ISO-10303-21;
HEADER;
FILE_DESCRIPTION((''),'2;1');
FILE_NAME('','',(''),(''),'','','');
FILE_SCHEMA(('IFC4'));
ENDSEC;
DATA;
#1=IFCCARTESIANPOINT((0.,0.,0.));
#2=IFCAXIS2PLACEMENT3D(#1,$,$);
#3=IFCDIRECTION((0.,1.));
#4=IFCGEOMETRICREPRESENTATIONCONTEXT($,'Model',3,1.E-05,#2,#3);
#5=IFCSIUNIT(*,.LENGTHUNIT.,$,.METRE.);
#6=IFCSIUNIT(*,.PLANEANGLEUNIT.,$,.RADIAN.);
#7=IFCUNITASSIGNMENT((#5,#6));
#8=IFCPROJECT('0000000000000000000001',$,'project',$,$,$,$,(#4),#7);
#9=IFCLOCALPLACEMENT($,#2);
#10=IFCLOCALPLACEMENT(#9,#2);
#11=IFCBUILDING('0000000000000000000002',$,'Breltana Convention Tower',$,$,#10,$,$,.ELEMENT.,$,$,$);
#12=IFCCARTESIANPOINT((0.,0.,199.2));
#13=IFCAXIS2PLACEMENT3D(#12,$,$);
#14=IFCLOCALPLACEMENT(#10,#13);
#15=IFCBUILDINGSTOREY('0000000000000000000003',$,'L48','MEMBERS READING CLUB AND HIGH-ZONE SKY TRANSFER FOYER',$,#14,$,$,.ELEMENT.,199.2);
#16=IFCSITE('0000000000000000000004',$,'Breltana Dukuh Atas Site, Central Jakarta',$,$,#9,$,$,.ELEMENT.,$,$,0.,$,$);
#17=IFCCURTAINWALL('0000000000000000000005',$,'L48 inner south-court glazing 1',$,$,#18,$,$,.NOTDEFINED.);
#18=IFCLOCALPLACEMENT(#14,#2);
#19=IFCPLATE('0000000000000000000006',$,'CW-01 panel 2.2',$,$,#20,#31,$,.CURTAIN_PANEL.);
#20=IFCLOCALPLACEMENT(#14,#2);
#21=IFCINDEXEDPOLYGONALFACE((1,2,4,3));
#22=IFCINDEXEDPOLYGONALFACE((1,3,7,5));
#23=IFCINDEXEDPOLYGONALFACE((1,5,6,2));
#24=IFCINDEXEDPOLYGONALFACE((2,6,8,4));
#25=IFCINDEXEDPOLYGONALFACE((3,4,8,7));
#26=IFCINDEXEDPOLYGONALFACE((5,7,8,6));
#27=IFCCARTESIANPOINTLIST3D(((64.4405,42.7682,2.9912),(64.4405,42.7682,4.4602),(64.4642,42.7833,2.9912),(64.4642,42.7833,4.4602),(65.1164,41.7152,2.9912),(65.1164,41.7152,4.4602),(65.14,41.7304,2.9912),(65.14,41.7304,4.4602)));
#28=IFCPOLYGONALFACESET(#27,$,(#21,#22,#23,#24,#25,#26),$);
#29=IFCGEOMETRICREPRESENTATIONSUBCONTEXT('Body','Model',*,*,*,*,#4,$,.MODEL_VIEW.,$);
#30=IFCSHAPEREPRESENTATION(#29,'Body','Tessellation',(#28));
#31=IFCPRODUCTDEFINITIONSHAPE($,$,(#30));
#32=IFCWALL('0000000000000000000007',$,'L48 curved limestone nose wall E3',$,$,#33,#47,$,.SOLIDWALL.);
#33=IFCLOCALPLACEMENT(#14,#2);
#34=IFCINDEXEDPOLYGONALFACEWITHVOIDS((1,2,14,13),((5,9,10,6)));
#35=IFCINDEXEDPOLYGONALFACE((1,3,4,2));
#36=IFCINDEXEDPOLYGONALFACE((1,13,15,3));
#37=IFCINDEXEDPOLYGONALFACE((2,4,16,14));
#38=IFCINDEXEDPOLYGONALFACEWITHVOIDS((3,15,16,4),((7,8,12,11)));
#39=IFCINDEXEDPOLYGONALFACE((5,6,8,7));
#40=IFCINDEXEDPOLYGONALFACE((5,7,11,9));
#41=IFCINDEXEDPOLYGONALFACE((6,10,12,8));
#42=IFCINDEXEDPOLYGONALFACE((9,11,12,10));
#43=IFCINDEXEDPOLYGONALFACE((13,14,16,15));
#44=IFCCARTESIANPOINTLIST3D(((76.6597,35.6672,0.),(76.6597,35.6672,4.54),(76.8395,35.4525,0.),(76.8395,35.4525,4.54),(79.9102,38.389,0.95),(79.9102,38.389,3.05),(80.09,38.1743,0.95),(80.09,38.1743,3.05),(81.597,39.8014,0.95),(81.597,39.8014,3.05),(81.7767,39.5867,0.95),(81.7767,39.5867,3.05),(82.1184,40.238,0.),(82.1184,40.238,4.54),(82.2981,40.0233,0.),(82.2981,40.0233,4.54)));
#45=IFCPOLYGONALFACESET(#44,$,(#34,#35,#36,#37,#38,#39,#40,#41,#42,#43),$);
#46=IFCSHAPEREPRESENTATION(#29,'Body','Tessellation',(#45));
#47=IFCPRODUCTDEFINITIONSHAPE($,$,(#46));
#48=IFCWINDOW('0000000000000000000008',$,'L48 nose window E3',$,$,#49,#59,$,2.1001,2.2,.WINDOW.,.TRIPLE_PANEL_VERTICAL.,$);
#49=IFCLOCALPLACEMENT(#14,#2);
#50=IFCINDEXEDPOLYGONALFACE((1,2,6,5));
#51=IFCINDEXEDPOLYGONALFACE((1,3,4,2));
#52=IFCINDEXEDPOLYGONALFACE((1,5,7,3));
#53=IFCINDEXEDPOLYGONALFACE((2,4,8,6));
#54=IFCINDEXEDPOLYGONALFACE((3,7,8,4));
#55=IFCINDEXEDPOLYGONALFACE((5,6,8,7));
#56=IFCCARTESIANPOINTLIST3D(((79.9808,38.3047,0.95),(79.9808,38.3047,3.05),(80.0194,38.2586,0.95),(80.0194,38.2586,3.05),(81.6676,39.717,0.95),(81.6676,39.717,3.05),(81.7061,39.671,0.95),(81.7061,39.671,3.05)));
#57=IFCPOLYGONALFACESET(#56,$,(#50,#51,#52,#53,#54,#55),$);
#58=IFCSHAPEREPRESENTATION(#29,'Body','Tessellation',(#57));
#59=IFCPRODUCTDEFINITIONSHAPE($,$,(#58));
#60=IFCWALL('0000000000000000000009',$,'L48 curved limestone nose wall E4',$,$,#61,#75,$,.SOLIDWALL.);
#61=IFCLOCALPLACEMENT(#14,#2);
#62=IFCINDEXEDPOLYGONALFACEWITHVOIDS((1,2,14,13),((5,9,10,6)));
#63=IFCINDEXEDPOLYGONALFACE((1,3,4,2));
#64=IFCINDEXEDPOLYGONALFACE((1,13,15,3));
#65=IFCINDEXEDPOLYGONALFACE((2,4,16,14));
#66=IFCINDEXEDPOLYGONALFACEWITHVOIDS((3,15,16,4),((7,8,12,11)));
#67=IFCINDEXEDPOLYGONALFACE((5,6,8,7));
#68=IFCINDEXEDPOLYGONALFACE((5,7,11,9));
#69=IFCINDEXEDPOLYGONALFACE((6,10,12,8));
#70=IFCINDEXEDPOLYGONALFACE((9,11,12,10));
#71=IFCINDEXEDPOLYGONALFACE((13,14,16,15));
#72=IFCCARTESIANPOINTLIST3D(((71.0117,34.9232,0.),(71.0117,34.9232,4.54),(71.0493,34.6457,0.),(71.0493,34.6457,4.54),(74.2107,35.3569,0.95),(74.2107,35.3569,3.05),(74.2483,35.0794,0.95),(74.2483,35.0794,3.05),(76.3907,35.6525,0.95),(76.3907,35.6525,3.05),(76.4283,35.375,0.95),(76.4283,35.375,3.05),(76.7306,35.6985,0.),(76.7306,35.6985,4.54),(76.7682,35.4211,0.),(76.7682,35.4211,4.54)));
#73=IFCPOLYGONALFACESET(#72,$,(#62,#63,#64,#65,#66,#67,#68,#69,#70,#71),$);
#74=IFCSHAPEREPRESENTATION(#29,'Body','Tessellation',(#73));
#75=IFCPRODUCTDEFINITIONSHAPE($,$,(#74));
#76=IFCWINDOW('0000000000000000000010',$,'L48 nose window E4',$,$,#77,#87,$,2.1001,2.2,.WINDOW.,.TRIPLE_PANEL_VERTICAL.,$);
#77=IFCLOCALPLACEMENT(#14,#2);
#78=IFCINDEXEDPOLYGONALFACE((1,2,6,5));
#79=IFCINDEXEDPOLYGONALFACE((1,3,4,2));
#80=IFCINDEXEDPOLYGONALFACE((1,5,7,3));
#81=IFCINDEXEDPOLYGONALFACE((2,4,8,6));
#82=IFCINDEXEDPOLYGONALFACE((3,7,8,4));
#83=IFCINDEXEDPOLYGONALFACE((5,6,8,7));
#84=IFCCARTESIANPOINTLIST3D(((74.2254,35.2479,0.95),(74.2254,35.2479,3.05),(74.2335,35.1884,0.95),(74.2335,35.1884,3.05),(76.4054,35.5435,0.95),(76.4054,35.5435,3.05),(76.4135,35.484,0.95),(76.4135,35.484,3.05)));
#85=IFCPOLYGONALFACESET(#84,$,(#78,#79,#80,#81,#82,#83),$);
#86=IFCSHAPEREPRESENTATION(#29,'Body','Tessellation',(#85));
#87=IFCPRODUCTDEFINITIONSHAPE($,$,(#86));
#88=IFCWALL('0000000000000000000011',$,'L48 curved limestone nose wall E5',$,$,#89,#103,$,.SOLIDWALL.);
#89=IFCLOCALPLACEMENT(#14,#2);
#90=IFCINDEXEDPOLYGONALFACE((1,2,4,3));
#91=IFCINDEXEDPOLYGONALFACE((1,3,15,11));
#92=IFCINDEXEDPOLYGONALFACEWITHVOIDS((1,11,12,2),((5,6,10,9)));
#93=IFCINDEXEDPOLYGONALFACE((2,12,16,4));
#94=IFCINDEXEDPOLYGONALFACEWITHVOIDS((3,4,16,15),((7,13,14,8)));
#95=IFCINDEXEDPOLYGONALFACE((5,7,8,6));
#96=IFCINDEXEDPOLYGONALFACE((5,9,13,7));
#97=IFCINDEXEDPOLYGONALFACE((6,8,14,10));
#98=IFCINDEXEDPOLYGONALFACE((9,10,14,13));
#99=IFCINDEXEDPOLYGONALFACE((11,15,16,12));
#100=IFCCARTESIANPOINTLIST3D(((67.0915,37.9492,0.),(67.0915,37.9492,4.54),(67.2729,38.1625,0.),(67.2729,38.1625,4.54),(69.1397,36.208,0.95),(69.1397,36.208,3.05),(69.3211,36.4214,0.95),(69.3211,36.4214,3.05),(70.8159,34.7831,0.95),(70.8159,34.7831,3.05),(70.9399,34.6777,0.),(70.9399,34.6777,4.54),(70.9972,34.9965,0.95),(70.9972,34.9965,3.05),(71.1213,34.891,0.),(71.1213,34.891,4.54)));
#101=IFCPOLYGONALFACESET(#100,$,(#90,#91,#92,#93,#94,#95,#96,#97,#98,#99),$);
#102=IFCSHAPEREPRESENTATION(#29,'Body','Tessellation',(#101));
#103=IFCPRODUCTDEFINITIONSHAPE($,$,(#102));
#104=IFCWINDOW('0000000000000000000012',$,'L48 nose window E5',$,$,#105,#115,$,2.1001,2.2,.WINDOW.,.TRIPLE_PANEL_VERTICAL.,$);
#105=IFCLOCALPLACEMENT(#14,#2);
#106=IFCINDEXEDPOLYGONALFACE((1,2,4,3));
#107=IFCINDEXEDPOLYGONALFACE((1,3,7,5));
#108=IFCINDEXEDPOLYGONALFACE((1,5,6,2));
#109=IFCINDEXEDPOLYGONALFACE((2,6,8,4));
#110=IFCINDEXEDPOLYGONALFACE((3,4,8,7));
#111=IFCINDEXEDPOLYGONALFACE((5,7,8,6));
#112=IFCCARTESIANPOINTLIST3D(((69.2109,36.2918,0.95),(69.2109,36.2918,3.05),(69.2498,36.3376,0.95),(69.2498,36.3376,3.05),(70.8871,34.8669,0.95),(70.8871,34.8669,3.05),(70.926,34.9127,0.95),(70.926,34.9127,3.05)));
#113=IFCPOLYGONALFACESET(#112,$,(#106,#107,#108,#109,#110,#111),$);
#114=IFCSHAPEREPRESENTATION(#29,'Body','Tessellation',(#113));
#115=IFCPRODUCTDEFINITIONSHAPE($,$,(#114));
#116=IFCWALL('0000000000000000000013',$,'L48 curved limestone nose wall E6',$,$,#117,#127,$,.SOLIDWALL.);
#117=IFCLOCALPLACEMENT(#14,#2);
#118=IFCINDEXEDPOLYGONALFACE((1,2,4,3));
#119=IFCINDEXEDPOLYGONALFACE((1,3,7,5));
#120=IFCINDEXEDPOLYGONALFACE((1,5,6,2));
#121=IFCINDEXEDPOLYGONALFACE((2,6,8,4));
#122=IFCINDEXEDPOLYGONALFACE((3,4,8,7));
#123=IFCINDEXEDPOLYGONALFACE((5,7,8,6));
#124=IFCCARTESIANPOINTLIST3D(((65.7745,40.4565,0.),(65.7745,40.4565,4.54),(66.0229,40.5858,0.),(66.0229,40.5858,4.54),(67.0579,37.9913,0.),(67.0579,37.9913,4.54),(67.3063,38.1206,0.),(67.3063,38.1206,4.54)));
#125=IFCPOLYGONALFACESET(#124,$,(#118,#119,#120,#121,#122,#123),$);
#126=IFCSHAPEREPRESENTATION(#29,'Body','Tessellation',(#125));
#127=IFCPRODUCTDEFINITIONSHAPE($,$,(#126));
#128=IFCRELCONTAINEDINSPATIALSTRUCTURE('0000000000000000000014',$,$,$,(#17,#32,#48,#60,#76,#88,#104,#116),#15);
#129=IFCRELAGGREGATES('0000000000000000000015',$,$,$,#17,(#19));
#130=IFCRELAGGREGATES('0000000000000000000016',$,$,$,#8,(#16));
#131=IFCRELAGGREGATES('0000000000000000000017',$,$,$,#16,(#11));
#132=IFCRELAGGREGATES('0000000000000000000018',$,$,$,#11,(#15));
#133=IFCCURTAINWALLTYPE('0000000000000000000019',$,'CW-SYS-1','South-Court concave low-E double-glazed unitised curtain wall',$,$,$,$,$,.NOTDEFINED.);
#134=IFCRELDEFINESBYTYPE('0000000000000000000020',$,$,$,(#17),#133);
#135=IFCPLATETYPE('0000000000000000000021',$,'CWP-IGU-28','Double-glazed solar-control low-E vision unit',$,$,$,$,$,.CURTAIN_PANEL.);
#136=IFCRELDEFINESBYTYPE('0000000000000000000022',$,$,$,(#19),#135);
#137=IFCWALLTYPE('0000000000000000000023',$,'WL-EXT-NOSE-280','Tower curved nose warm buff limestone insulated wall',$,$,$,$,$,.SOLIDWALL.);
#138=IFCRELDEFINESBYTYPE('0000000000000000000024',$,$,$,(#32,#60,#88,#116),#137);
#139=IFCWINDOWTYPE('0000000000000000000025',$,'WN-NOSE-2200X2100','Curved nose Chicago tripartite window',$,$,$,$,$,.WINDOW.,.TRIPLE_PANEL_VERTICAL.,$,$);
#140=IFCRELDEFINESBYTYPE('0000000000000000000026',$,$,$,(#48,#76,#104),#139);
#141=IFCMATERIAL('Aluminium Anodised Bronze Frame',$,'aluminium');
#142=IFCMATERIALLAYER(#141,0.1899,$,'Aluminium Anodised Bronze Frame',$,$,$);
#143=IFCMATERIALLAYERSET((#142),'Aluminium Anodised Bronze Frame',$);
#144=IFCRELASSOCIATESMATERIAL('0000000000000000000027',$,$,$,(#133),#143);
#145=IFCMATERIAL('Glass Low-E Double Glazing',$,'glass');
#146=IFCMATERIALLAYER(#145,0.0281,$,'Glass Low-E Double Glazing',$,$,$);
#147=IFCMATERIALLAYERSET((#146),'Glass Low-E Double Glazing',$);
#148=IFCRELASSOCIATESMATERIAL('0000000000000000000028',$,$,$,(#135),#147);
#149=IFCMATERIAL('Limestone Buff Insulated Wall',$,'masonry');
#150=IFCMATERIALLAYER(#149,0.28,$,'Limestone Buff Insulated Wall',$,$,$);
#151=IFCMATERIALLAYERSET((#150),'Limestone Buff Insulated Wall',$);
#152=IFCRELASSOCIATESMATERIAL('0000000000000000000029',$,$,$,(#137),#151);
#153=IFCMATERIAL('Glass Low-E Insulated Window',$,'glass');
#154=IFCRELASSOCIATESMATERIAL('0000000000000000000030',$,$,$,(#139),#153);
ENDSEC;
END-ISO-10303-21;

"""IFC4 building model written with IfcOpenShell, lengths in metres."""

from ifc_helpers import new_model, si_unit, direction, frame, frame_2d, origin, origin_2d, place, context, subcontext, project, spatial, rectangle, extrude, source, transform, mapped, material, layer, layer_set, type_object, type_shapes, element, fill, aggregate, save


model = new_model("IFC4")

# Units and contexts
model_context = context("Model", 3, precision=1e-05, world=origin(), true_north=direction((0.0, 1.0)))
body_context = subcontext(model_context, "Body", "Model", "MODEL_VIEW")
ifc_project = project(units=[si_unit("LENGTHUNIT", "METRE"), si_unit("PLANEANGLEUNIT", "RADIAN")], contexts=[model_context])

# Site, building, storey
site_placement = place(None, origin())
site = spatial("IfcSite", under=ifc_project, at=site_placement, Name="Breltana Dukuh Atas Site, Central Jakarta", CompositionType="ELEMENT", RefElevation=0.0)
building_placement = place(site_placement, origin())
building = spatial("IfcBuilding", under=site, at=building_placement, Name="Breltana Convention Tower", CompositionType="ELEMENT")
storey_placement = place(building_placement, frame((0.0, 0.0, 199.2)))
storey = spatial("IfcBuildingStorey", under=building, at=storey_placement, Name="L48", Description="MEMBERS READING CLUB AND HIGH-ZONE SKY TRANSFER FOYER", CompositionType="ELEMENT", Elevation=199.2)

# Curtain wall
ifc_material_1 = material(Name="Aluminium Anodised Bronze Frame", Category="aluminium")
ifc_layer_1 = layer(ifc_material_1, 0.1899, Name="Aluminium Anodised Bronze Frame")
ifc_layer_set_1 = layer_set([ifc_layer_1], Name="Aluminium Anodised Bronze Frame")
curtain_wall_type = type_object("IfcCurtainWallType", Name="CW-SYS-1", Description="South-Court concave low-E double-glazed unitised curtain wall", PredefinedType="NOTDEFINED", material=ifc_layer_set_1)
curtain_wall_1_placement = place(storey_placement, origin())
curtain_wall_1 = element("IfcCurtainWall", 1, at=curtain_wall_1_placement, inside=storey, type_object=curtain_wall_type, Name="L48 inner south-court glazing 1", PredefinedType="NOTDEFINED")

# Plate
ifc_material_2 = material(Name="Glass Low-E Double Glazing", Category="glass")
ifc_layer_2 = layer(ifc_material_2, 0.0281, Name="Glass Low-E Double Glazing")
ifc_layer_set_2 = layer_set([ifc_layer_2], Name="Glass Low-E Double Glazing")
plate_type = type_object("IfcPlateType", Name="CWP-IGU-28", Description="Double-glazed solar-control low-E vision unit", PredefinedType="CURTAIN_PANEL", material=ifc_layer_set_2)
shared_shape_1 = source(origin(), body_context, "Body", "SweptSolid", [
    extrude(rectangle(XDim=1.2512, YDim=0.0281, at=origin_2d()), origin(), (0.0, 0.0, 1.0), 1.469),
])
plate_1_placement = place(storey_placement, frame((64.7903, 42.2493, 2.9912), z_axis=(0.0, 0.0, 1.0), x_axis=(-0.540184, 0.841547, 0.0)))
plate_1 = element("IfcPlate", 2, at=plate_1_placement, type_object=plate_type, Name="CW-01 panel 2.2", PredefinedType="CURTAIN_PANEL", context=body_context, shape_type="MappedRepresentation", body=[
    mapped(shared_shape_1, transform((0.0, 0.0, 0.0), scale=1.0)),
])
aggregate(curtain_wall_1, [plate_1])

# Walls, openings, windows
ifc_material_3 = material(Name="Limestone Buff Insulated Wall", Category="masonry")
ifc_layer_3 = layer(ifc_material_3, 0.28, Name="Limestone Buff Insulated Wall")
ifc_layer_set_3 = layer_set([ifc_layer_3], Name="Limestone Buff Insulated Wall")
wall_type = type_object("IfcWallType", Name="WL-EXT-NOSE-280", Description="Tower curved nose warm buff limestone insulated wall", PredefinedType="SOLIDWALL", material=ifc_layer_set_3)
shared_shape_2 = source(origin(), body_context, "Body", "SweptSolid", [
    extrude(rectangle(XDim=7.1196, YDim=0.28, at=frame_2d((3.5598, 0.0))), origin(), (0.0, 0.0, 1.0), 4.54),
])
wall_1_placement = place(storey_placement, frame((82.2083, 40.1306, 0.0), z_axis=(0.0, 0.0, 1.0), x_axis=(-0.76671, -0.641994, 0.0)))
wall_1 = element("IfcWall", 3, at=wall_1_placement, inside=storey, type_object=wall_type, Name="L48 curved limestone nose wall E3", PredefinedType="SOLIDWALL", context=body_context, shape_type="MappedRepresentation", body=[
    mapped(shared_shape_2, transform((0.0, 0.0, 0.0), scale=1.0)),
])
opening_1_placement = place(wall_1_placement, frame((0.6799, 0.0, 0.95)))
opening_1 = element("IfcOpeningElement", 4, at=opening_1_placement, cuts=wall_1, PredefinedType="OPENING", context=body_context, shape_type="SweptSolid", body=[
    extrude(rectangle(XDim=2.2, YDim=2.1001, at=frame_2d((1.1001, 1.05))), frame((0.0, 0.1499, 0.0), z_axis=(0.0, -1.0, 0.0), x_axis=(1.0, 0.0, 0.0)), (0.0, 0.0, 1.0), 0.3),
])
ifc_material_4 = material(Name="Glass Low-E Insulated Window", Category="glass")
window_type = type_object("IfcWindowType", Name="WN-NOSE-2200X2100", Description="Curved nose Chicago tripartite window", PartitioningType="TRIPLE_PANEL_VERTICAL", PredefinedType="WINDOW", material=ifc_material_4)
shared_shape_3 = source(origin(), body_context, "Body", "SweptSolid", [
    extrude(rectangle(XDim=2.2, YDim=2.1001, at=frame_2d((1.1001, 1.05))), frame((0.0, 0.03, 0.0), z_axis=(0.0, -1.0, 0.0), x_axis=(1.0, 0.0, 0.0)), (0.0, 0.0, 1.0), 0.0601),
])
type_shapes(window_type, [shared_shape_3])
window_1_placement = place(opening_1_placement, origin())
window_1 = element("IfcWindow", 5, at=window_1_placement, inside=storey, type_object=window_type, Name="L48 nose window E3", OverallHeight=2.1001, OverallWidth=2.2, PartitioningType="TRIPLE_PANEL_VERTICAL", PredefinedType="WINDOW", context=body_context, shape_type="MappedRepresentation", body=[
    mapped(shared_shape_3, transform((0.0, 0.0, 0.0), scale=1.0)),
])
fill(opening_1, window_1)
shared_shape_4 = source(origin(), body_context, "Body", "SweptSolid", [
    extrude(rectangle(XDim=5.7712, YDim=0.28, at=frame_2d((2.8857, 0.0))), origin(), (0.0, 0.0, 1.0), 4.54),
])
wall_2_placement = place(storey_placement, frame((76.7495, 35.5598, 0.0), z_axis=(0.0, 0.0, 1.0), x_axis=(-0.990934, -0.134352, 0.0)))
wall_2 = element("IfcWall", 6, at=wall_2_placement, inside=storey, type_object=wall_type, Name="L48 curved limestone nose wall E4", PredefinedType="SOLIDWALL", context=body_context, shape_type="MappedRepresentation", body=[
    mapped(shared_shape_4, transform((0.0, 0.0, 0.0), scale=1.0)),
])
opening_2_placement = place(wall_2_placement, frame((0.343, 0.0, 0.95)))
opening_2 = element("IfcOpeningElement", 7, at=opening_2_placement, cuts=wall_2, PredefinedType="OPENING", context=body_context, shape_type="SweptSolid", body=[
    extrude(rectangle(XDim=2.2, YDim=2.1001, at=frame_2d((1.1001, 1.05))), frame((0.0, 0.1499, 0.0), z_axis=(0.0, -1.0, 0.0), x_axis=(1.0, 0.0, 0.0)), (0.0, 0.0, 1.0), 0.3),
])
window_2_placement = place(opening_2_placement, origin())
window_2 = element("IfcWindow", 8, at=window_2_placement, inside=storey, type_object=window_type, Name="L48 nose window E4", OverallHeight=2.1001, OverallWidth=2.2, PartitioningType="TRIPLE_PANEL_VERTICAL", PredefinedType="WINDOW", context=body_context, shape_type="MappedRepresentation", body=[
    mapped(shared_shape_3, transform((0.0, 0.0, 0.0), scale=1.0)),
])
fill(opening_2, window_2)
shared_shape_5 = source(origin(), body_context, "Body", "SweptSolid", [
    extrude(rectangle(XDim=5.051, YDim=0.28, at=frame_2d((2.5254, 0.0))), origin(), (0.0, 0.0, 1.0), 4.54),
])
wall_3_placement = place(storey_placement, frame((71.0305, 34.7844, 0.0), z_axis=(0.0, 0.0, 1.0), x_axis=(-0.761905, 0.647689, 0.0)))
wall_3 = element("IfcWall", 9, at=wall_3_placement, inside=storey, type_object=wall_type, Name="L48 curved limestone nose wall E5", PredefinedType="SOLIDWALL", context=body_context, shape_type="MappedRepresentation", body=[
    mapped(shared_shape_5, transform((0.0, 0.0, 0.0), scale=1.0)),
])
opening_3_placement = place(wall_3_placement, frame((0.1626, 0.0, 0.95)))
opening_3 = element("IfcOpeningElement", 10, at=opening_3_placement, cuts=wall_3, PredefinedType="OPENING", context=body_context, shape_type="SweptSolid", body=[
    extrude(rectangle(XDim=2.2, YDim=2.1001, at=frame_2d((1.1001, 1.05))), frame((0.0, 0.1499, 0.0), z_axis=(0.0, -1.0, 0.0), x_axis=(1.0, 0.0, 0.0)), (0.0, 0.0, 1.0), 0.3),
])
window_3_placement = place(opening_3_placement, origin())
window_3 = element("IfcWindow", 11, at=window_3_placement, inside=storey, type_object=window_type, Name="L48 nose window E5", OverallHeight=2.1001, OverallWidth=2.2, PartitioningType="TRIPLE_PANEL_VERTICAL", PredefinedType="WINDOW", context=body_context, shape_type="MappedRepresentation", body=[
    mapped(shared_shape_3, transform((0.0, 0.0, 0.0), scale=1.0)),
])
fill(opening_3, window_3)

# Wall
shared_shape_6 = source(origin(), body_context, "Body", "SweptSolid", [
    extrude(rectangle(XDim=2.7793, YDim=0.28, at=frame_2d((1.3896, 0.0))), origin(), (0.0, 0.0, 1.0), 4.54),
])
wall_4_placement = place(storey_placement, frame((67.1821, 38.0559, 0.0), z_axis=(0.0, 0.0, 1.0), x_axis=(-0.46177, 0.887, 0.0)))
element("IfcWall", 12, at=wall_4_placement, inside=storey, type_object=wall_type, Name="L48 curved limestone nose wall E6", PredefinedType="SOLIDWALL", context=body_context, shape_type="MappedRepresentation", body=[
    mapped(shared_shape_6, transform((0.0, 0.0, 0.0), scale=1.0)),
])

save(model, "model.ifc")
